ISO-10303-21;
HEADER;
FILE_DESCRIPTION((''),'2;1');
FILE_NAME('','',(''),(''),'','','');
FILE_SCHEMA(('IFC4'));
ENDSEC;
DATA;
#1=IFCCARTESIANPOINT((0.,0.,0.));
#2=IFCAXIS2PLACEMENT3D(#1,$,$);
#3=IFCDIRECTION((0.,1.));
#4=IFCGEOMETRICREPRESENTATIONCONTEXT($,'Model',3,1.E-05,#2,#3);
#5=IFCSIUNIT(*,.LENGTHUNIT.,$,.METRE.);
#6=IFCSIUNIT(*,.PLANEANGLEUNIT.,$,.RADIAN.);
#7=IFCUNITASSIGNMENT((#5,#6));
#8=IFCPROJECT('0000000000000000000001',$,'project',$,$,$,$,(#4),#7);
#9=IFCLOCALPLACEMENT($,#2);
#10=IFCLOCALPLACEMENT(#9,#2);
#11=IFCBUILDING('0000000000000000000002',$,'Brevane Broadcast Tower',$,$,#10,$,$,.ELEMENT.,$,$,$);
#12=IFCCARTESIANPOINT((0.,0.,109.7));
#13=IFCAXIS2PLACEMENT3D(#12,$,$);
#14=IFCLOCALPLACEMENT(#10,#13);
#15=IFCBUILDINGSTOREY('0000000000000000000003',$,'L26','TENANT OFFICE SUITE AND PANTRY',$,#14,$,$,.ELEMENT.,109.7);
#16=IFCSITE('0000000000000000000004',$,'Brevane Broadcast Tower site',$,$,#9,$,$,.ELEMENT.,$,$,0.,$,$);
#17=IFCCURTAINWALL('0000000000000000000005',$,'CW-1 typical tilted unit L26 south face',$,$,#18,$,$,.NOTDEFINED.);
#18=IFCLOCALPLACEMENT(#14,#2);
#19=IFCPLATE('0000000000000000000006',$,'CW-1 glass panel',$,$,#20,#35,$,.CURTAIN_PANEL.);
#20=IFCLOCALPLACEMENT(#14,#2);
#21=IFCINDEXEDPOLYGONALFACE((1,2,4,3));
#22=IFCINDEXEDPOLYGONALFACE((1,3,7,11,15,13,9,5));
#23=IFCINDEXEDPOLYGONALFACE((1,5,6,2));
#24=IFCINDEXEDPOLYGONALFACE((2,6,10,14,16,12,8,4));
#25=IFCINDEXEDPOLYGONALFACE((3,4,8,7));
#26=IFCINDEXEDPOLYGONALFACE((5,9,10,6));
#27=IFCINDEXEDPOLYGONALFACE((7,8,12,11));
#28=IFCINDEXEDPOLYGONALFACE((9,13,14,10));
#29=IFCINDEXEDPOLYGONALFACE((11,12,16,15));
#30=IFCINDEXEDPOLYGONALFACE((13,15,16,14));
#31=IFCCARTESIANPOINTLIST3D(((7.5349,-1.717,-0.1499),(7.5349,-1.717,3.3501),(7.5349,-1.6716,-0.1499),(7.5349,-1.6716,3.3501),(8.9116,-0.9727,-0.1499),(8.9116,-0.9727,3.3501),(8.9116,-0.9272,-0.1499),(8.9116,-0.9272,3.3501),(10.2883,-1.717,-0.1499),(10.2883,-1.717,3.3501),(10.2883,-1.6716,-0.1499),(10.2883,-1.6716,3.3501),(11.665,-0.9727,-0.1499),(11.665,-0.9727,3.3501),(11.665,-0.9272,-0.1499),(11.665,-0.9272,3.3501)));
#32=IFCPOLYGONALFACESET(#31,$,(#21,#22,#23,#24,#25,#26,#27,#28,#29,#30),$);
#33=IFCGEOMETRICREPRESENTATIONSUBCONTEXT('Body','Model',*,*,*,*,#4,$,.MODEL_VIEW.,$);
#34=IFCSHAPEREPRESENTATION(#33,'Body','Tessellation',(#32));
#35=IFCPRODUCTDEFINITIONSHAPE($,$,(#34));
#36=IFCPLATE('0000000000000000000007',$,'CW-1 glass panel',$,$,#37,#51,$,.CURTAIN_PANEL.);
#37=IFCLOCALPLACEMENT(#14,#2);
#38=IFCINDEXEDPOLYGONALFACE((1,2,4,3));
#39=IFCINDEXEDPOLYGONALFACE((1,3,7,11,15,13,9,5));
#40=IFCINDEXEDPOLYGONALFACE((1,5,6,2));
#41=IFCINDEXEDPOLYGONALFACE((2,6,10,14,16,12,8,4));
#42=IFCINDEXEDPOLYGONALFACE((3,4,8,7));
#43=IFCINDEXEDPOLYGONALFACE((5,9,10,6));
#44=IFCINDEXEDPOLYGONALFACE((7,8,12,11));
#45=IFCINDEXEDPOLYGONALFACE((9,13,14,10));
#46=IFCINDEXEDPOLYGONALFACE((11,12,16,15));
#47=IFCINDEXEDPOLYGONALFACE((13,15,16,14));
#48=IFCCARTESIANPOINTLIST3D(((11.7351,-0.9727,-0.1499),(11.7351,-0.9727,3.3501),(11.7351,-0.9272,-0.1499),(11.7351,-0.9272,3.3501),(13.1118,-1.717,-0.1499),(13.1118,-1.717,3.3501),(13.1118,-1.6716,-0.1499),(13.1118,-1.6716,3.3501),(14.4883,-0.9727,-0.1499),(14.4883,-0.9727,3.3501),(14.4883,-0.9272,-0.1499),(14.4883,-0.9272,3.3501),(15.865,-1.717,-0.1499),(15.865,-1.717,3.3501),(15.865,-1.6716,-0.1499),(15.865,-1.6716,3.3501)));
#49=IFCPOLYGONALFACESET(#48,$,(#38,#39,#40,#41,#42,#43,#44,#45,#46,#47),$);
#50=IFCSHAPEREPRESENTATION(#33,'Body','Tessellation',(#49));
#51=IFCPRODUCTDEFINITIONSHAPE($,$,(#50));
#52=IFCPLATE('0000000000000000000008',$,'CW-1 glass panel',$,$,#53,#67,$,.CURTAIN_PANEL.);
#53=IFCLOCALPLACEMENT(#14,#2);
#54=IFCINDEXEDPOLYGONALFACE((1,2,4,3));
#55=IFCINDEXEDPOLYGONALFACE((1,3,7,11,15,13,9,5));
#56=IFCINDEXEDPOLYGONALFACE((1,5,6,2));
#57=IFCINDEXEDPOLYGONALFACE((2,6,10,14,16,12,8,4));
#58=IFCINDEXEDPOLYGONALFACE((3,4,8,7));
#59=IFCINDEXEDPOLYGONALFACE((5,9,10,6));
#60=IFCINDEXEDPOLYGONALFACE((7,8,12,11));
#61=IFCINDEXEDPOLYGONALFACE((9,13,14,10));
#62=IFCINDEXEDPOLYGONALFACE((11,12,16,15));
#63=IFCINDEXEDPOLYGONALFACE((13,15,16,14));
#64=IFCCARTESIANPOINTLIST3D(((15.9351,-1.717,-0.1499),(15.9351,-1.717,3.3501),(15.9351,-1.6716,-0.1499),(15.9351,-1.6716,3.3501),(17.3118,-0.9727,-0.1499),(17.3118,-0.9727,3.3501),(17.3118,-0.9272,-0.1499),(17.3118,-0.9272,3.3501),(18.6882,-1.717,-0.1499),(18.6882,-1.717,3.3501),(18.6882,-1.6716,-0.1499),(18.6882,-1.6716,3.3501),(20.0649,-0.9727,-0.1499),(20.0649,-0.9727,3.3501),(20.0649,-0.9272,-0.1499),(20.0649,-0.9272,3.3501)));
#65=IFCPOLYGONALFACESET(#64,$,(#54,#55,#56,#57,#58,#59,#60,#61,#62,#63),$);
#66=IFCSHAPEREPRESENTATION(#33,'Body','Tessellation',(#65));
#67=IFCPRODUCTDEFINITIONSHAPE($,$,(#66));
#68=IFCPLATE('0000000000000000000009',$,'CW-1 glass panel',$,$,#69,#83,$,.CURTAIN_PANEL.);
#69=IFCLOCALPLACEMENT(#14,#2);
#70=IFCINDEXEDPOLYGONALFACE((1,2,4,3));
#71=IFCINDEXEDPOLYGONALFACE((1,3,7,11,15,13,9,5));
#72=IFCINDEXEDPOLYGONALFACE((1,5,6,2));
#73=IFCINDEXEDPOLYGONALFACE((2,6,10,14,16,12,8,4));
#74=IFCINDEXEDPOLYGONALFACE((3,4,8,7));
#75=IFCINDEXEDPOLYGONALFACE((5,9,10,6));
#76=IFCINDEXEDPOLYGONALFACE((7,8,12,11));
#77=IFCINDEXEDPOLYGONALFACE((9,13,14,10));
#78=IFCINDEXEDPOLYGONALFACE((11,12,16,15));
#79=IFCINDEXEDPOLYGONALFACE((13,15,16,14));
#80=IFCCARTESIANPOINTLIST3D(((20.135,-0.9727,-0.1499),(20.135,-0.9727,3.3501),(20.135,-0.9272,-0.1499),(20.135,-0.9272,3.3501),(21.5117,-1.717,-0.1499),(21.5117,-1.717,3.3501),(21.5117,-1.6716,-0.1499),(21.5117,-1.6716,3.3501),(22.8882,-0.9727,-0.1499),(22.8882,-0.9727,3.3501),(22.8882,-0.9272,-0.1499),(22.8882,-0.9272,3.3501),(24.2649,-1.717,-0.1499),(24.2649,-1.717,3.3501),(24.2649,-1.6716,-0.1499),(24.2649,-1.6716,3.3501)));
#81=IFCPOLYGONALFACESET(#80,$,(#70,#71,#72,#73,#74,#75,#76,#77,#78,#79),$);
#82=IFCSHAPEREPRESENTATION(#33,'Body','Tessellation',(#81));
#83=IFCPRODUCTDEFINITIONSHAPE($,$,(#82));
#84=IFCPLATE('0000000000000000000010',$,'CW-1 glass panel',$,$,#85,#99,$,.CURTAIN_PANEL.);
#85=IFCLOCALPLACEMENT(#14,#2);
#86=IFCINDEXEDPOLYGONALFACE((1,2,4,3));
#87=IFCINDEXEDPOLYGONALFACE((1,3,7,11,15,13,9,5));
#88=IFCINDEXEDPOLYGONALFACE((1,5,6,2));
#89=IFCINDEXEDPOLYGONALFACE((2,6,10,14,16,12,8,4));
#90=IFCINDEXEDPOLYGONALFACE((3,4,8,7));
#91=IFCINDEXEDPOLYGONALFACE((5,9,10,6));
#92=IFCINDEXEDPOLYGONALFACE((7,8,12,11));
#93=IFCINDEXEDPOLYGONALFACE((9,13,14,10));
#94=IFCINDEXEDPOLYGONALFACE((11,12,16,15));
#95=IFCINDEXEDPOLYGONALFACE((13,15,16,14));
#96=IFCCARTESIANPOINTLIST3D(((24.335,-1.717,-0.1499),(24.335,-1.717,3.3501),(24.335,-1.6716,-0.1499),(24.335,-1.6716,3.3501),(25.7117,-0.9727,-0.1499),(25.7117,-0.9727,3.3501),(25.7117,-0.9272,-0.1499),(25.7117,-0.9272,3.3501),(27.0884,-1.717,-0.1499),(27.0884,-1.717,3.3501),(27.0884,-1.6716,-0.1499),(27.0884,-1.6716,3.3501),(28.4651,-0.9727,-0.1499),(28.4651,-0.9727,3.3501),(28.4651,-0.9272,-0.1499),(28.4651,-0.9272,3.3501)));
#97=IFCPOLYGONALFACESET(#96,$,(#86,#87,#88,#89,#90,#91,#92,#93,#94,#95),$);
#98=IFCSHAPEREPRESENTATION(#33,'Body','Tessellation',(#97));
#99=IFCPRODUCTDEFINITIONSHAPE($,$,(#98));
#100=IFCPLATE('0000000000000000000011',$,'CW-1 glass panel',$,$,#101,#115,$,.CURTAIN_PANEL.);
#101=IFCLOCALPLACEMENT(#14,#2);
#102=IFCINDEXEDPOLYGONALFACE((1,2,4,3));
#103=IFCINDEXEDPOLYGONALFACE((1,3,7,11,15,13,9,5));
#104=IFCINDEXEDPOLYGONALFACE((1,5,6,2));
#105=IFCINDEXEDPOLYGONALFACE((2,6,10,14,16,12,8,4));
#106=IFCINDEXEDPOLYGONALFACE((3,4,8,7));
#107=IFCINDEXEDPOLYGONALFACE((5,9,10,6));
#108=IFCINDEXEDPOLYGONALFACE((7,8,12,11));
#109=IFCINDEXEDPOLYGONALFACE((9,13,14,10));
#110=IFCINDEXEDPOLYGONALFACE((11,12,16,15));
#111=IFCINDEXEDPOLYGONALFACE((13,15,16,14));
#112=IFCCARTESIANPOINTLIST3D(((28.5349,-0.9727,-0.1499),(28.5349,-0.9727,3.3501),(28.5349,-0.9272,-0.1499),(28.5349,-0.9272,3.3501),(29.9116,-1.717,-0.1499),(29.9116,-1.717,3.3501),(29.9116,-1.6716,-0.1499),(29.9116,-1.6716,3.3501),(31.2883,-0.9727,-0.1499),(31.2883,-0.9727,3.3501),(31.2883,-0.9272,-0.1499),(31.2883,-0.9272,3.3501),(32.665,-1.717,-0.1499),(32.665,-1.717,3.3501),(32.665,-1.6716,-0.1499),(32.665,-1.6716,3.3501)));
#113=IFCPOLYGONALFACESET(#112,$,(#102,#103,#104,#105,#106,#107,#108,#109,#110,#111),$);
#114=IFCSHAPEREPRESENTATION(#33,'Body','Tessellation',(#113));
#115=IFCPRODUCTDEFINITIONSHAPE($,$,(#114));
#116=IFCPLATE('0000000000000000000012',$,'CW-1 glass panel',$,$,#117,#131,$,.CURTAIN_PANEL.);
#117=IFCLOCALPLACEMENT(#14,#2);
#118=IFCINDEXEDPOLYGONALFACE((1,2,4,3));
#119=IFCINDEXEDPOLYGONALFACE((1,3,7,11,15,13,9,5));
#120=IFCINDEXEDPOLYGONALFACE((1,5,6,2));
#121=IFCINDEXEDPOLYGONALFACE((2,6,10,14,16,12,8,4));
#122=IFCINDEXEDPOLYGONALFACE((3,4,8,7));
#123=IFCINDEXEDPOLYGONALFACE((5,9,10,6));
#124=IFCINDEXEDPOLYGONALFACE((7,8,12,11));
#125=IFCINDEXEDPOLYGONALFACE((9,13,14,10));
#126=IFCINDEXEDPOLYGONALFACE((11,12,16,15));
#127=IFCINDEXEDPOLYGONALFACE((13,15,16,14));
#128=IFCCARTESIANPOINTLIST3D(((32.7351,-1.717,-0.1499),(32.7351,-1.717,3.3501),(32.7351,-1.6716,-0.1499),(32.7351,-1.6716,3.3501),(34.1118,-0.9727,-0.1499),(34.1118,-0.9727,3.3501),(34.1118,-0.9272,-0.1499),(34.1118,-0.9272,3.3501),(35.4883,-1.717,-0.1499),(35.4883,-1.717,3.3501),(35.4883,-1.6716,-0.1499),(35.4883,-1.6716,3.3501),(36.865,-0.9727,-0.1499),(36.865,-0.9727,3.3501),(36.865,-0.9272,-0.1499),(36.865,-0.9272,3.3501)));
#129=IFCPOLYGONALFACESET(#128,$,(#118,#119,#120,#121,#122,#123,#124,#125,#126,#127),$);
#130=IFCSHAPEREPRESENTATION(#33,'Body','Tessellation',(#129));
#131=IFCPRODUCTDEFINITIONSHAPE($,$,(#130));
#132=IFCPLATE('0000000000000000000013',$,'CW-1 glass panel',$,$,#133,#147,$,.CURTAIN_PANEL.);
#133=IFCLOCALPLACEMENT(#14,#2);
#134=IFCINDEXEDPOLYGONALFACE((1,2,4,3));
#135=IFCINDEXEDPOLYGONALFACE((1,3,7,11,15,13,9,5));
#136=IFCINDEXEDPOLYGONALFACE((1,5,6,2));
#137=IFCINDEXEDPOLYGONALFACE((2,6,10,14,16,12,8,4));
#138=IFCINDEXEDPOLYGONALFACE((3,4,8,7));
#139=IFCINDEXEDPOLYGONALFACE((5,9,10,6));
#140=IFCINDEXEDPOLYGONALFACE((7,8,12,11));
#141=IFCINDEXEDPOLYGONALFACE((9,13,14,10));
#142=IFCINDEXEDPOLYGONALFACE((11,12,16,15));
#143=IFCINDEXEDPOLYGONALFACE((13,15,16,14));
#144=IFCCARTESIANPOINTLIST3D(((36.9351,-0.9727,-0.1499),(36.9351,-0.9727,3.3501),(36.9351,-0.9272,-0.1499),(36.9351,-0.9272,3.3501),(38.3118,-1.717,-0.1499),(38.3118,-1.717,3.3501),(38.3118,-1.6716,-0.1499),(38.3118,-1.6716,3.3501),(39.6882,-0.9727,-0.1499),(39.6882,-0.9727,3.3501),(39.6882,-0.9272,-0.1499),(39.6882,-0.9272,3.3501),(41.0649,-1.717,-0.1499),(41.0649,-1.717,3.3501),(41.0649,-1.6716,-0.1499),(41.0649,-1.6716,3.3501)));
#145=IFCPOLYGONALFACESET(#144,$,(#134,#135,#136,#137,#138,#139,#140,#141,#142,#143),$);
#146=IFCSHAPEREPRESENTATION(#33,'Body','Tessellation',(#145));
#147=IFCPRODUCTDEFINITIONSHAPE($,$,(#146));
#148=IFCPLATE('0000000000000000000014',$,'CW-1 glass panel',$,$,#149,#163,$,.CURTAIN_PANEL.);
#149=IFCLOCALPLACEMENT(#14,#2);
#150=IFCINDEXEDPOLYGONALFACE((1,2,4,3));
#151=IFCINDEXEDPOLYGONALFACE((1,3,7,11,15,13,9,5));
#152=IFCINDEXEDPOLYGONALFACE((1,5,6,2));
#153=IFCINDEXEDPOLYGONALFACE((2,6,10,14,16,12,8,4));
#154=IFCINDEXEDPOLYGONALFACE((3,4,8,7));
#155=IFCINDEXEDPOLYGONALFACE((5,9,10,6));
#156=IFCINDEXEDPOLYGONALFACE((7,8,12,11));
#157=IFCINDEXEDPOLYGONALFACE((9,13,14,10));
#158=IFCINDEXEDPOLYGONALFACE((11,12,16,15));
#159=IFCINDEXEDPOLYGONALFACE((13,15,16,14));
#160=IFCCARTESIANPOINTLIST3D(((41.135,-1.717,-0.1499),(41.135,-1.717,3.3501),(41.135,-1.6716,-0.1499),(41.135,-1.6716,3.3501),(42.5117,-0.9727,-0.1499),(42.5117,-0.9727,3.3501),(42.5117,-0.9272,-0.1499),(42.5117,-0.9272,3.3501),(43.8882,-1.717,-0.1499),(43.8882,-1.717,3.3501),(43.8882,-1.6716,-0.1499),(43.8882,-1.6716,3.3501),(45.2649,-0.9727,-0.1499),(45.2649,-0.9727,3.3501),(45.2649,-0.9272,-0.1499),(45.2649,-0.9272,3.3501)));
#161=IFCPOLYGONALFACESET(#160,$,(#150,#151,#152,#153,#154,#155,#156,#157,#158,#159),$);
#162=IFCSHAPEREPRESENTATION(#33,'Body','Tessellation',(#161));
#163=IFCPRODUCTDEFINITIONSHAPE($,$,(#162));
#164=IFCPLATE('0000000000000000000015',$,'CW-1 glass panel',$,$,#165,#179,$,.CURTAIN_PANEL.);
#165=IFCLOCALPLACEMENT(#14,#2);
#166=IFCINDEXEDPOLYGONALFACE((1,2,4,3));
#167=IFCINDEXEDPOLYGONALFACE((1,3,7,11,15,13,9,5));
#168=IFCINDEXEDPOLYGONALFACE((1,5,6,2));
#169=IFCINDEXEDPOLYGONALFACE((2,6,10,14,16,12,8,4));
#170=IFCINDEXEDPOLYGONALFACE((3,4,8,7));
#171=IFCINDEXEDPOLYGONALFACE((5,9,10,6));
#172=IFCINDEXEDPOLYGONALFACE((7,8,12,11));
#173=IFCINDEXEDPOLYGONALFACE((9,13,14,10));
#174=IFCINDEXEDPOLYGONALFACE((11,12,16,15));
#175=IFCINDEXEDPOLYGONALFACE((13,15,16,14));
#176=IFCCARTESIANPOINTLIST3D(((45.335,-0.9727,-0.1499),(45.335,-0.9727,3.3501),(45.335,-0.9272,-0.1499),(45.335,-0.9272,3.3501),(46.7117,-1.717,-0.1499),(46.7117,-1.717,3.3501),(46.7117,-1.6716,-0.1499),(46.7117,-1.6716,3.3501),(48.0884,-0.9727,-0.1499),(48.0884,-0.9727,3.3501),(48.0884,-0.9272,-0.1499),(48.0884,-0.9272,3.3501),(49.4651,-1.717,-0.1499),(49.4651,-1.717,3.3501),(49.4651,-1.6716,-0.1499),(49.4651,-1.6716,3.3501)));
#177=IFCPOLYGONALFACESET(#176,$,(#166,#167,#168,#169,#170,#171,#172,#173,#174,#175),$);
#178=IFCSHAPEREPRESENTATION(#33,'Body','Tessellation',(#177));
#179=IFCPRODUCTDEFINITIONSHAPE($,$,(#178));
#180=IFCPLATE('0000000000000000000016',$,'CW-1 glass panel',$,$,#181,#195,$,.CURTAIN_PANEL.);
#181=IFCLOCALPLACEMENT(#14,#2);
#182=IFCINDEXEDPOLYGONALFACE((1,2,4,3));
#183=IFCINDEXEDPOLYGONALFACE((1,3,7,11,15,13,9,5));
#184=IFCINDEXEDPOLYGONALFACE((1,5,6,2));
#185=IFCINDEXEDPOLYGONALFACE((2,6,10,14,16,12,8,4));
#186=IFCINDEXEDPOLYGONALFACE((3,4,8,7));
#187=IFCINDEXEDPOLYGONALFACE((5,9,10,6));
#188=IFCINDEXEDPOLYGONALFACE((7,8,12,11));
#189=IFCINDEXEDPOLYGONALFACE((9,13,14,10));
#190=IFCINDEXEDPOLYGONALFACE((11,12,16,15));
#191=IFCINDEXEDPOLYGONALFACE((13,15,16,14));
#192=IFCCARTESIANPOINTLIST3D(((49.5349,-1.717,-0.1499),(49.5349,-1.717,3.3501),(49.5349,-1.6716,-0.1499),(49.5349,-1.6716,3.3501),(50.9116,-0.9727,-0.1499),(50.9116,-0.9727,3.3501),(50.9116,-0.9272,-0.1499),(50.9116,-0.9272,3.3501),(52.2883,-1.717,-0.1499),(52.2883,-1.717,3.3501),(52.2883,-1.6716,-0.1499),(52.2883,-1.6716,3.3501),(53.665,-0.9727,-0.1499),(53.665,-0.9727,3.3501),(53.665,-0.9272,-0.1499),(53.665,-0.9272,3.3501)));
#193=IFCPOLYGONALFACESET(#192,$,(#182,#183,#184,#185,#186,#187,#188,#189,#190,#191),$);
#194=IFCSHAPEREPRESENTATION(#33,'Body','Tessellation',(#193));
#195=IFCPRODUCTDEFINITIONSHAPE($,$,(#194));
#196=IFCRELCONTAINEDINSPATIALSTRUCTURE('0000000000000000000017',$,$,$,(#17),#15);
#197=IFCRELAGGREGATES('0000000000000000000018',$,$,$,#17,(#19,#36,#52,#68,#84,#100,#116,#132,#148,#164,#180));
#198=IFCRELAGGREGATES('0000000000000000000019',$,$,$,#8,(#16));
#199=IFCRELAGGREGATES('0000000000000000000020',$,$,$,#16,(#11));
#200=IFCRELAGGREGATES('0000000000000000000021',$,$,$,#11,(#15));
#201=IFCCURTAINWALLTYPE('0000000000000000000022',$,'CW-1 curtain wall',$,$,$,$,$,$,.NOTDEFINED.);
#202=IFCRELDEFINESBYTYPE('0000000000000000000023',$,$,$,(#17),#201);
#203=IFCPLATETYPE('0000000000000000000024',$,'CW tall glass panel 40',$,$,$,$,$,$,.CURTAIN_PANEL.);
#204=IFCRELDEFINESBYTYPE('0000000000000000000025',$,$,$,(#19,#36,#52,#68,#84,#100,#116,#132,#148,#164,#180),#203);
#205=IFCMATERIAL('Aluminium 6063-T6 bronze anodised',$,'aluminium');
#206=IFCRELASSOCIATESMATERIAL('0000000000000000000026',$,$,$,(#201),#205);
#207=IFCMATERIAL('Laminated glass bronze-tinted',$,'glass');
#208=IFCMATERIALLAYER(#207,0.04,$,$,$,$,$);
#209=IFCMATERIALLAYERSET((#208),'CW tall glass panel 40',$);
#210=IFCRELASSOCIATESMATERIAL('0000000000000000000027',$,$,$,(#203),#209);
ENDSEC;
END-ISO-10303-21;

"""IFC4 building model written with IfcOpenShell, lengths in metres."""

from ifc_helpers import new_model, si_unit, direction, frame, origin, place, context, subcontext, project, spatial, polyline, outline, extrude, material, layer, layer_set, type_object, element, aggregate, save


model = new_model("IFC4")

# Units and contexts
model_context = context("Model", 3, precision=1e-05, world=origin(), true_north=direction((0.0, 1.0)))
body_context = subcontext(model_context, "Body", "Model", "MODEL_VIEW")
ifc_project = project(units=[si_unit("LENGTHUNIT", "METRE"), si_unit("PLANEANGLEUNIT", "RADIAN")], contexts=[model_context])

# Site, building, storey
site_placement = place(None, origin())
site = spatial("IfcSite", under=ifc_project, at=site_placement, Name="Brevane Broadcast Tower site", CompositionType="ELEMENT", RefElevation=0.0)
building_placement = place(site_placement, origin())
building = spatial("IfcBuilding", under=site, at=building_placement, Name="Brevane Broadcast Tower", CompositionType="ELEMENT")
storey_placement = place(building_placement, frame((0.0, 0.0, 109.7)))
storey = spatial("IfcBuildingStorey", under=building, at=storey_placement, Name="L26", Description="TENANT OFFICE SUITE AND PANTRY", CompositionType="ELEMENT", Elevation=109.7)

# Curtain wall, plates
ifc_material_1 = material(Name="Aluminium 6063-T6 bronze anodised", Category="aluminium")
curtain_wall_type = type_object("IfcCurtainWallType", Name="CW-1 curtain wall", PredefinedType="NOTDEFINED", material=ifc_material_1)
curtain_wall_1_placement = place(storey_placement, origin())
curtain_wall_1 = element("IfcCurtainWall", 1, at=curtain_wall_1_placement, inside=storey, type_object=curtain_wall_type, Name="CW-1 typical tilted unit L26 south face", PredefinedType="NOTDEFINED")
ifc_material_2 = material(Name="Laminated glass bronze-tinted", Category="glass")
ifc_layer = layer(ifc_material_2, 0.04)
ifc_layer_set = layer_set([ifc_layer], Name="CW tall glass panel 40")
plate_type = type_object("IfcPlateType", Name="CW tall glass panel 40", PredefinedType="CURTAIN_PANEL", material=ifc_layer_set)
plate_1_placement = place(storey_placement, frame((0.0, 0.0, -0.1499)))
plate_1 = element("IfcPlate", 2, at=plate_1_placement, type_object=plate_type, Name="CW-1 glass panel", PredefinedType="CURTAIN_PANEL", context=body_context, shape_type="SweptSolid", body=[
    extrude(outline(polyline([(7.5349, -1.6716), (7.5349, -1.717), (8.9116, -0.9727), (10.2883, -1.717), (11.665, -0.9727), (11.665, -0.9272), (10.2883, -1.6716), (8.9116, -0.9272), (7.5349, -1.6716)])), origin(), (0.0, 0.0, 1.0), 3.5),
])
plate_2_placement = place(storey_placement, frame((0.0, 0.0, -0.1499)))
plate_2 = element("IfcPlate", 3, at=plate_2_placement, type_object=plate_type, Name="CW-1 glass panel", PredefinedType="CURTAIN_PANEL", context=body_context, shape_type="SweptSolid", body=[
    extrude(outline(polyline([(11.7351, -0.9272), (11.7351, -0.9727), (13.1118, -1.717), (14.4883, -0.9727), (15.865, -1.717), (15.865, -1.6716), (14.4883, -0.9272), (13.1118, -1.6716), (11.7351, -0.9272)])), origin(), (0.0, 0.0, 1.0), 3.5),
])
plate_3_placement = place(storey_placement, frame((0.0, 0.0, -0.1499)))
plate_3 = element("IfcPlate", 4, at=plate_3_placement, type_object=plate_type, Name="CW-1 glass panel", PredefinedType="CURTAIN_PANEL", context=body_context, shape_type="SweptSolid", body=[
    extrude(outline(polyline([(15.9351, -1.6716), (15.9351, -1.717), (17.3118, -0.9727), (18.6882, -1.717), (20.0649, -0.9727), (20.0649, -0.9272), (18.6882, -1.6716), (17.3118, -0.9272), (15.9351, -1.6716)])), origin(), (0.0, 0.0, 1.0), 3.5),
])
plate_4_placement = place(storey_placement, frame((0.0, 0.0, -0.1499)))
plate_4 = element("IfcPlate", 5, at=plate_4_placement, type_object=plate_type, Name="CW-1 glass panel", PredefinedType="CURTAIN_PANEL", context=body_context, shape_type="SweptSolid", body=[
    extrude(outline(polyline([(20.135, -0.9272), (20.135, -0.9727), (21.5117, -1.717), (22.8882, -0.9727), (24.2649, -1.717), (24.2649, -1.6716), (22.8882, -0.9272), (21.5117, -1.6716), (20.135, -0.9272)])), origin(), (0.0, 0.0, 1.0), 3.5),
])
plate_5_placement = place(storey_placement, frame((0.0, 0.0, -0.1499)))
plate_5 = element("IfcPlate", 6, at=plate_5_placement, type_object=plate_type, Name="CW-1 glass panel", PredefinedType="CURTAIN_PANEL", context=body_context, shape_type="SweptSolid", body=[
    extrude(outline(polyline([(24.335, -1.6716), (24.335, -1.717), (25.7117, -0.9727), (27.0884, -1.717), (28.4651, -0.9727), (28.4651, -0.9272), (27.0884, -1.6716), (25.7117, -0.9272), (24.335, -1.6716)])), origin(), (0.0, 0.0, 1.0), 3.5),
])
plate_6_placement = place(storey_placement, frame((0.0, 0.0, -0.1499)))
plate_6 = element("IfcPlate", 7, at=plate_6_placement, type_object=plate_type, Name="CW-1 glass panel", PredefinedType="CURTAIN_PANEL", context=body_context, shape_type="SweptSolid", body=[
    extrude(outline(polyline([(28.5349, -0.9272), (28.5349, -0.9727), (29.9116, -1.717), (31.2883, -0.9727), (32.665, -1.717), (32.665, -1.6716), (31.2883, -0.9272), (29.9116, -1.6716), (28.5349, -0.9272)])), origin(), (0.0, 0.0, 1.0), 3.5),
])
plate_7_placement = place(storey_placement, frame((0.0, 0.0, -0.1499)))
plate_7 = element("IfcPlate", 8, at=plate_7_placement, type_object=plate_type, Name="CW-1 glass panel", PredefinedType="CURTAIN_PANEL", context=body_context, shape_type="SweptSolid", body=[
    extrude(outline(polyline([(32.7351, -1.6716), (32.7351, -1.717), (34.1118, -0.9727), (35.4883, -1.717), (36.865, -0.9727), (36.865, -0.9272), (35.4883, -1.6716), (34.1118, -0.9272), (32.7351, -1.6716)])), origin(), (0.0, 0.0, 1.0), 3.5),
])
plate_8_placement = place(storey_placement, frame((0.0, 0.0, -0.1499)))
plate_8 = element("IfcPlate", 9, at=plate_8_placement, type_object=plate_type, Name="CW-1 glass panel", PredefinedType="CURTAIN_PANEL", context=body_context, shape_type="SweptSolid", body=[
    extrude(outline(polyline([(36.9351, -0.9272), (36.9351, -0.9727), (38.3118, -1.717), (39.6882, -0.9727), (41.0649, -1.717), (41.0649, -1.6716), (39.6882, -0.9272), (38.3118, -1.6716), (36.9351, -0.9272)])), origin(), (0.0, 0.0, 1.0), 3.5),
])
plate_9_placement = place(storey_placement, frame((0.0, 0.0, -0.1499)))
plate_9 = element("IfcPlate", 10, at=plate_9_placement, type_object=plate_type, Name="CW-1 glass panel", PredefinedType="CURTAIN_PANEL", context=body_context, shape_type="SweptSolid", body=[
    extrude(outline(polyline([(41.135, -1.6716), (41.135, -1.717), (42.5117, -0.9727), (43.8882, -1.717), (45.2649, -0.9727), (45.2649, -0.9272), (43.8882, -1.6716), (42.5117, -0.9272), (41.135, -1.6716)])), origin(), (0.0, 0.0, 1.0), 3.5),
])
plate_10_placement = place(storey_placement, frame((0.0, 0.0, -0.1499)))
plate_10 = element("IfcPlate", 11, at=plate_10_placement, type_object=plate_type, Name="CW-1 glass panel", PredefinedType="CURTAIN_PANEL", context=body_context, shape_type="SweptSolid", body=[
    extrude(outline(polyline([(45.335, -0.9272), (45.335, -0.9727), (46.7117, -1.717), (48.0884, -0.9727), (49.4651, -1.717), (49.4651, -1.6716), (48.0884, -0.9272), (46.7117, -1.6716), (45.335, -0.9272)])), origin(), (0.0, 0.0, 1.0), 3.5),
])
plate_11_placement = place(storey_placement, frame((0.0, 0.0, -0.1499)))
plate_11 = element("IfcPlate", 12, at=plate_11_placement, type_object=plate_type, Name="CW-1 glass panel", PredefinedType="CURTAIN_PANEL", context=body_context, shape_type="SweptSolid", body=[
    extrude(outline(polyline([(49.5349, -1.6716), (49.5349, -1.717), (50.9116, -0.9727), (52.2883, -1.717), (53.665, -0.9727), (53.665, -0.9272), (52.2883, -1.6716), (50.9116, -0.9272), (49.5349, -1.6716)])), origin(), (0.0, 0.0, 1.0), 3.5),
])
aggregate(curtain_wall_1, [plate_1, plate_2, plate_3, plate_4, plate_5, plate_6, plate_7, plate_8, plate_9, plate_10, plate_11])

save(model, "model.ifc")
